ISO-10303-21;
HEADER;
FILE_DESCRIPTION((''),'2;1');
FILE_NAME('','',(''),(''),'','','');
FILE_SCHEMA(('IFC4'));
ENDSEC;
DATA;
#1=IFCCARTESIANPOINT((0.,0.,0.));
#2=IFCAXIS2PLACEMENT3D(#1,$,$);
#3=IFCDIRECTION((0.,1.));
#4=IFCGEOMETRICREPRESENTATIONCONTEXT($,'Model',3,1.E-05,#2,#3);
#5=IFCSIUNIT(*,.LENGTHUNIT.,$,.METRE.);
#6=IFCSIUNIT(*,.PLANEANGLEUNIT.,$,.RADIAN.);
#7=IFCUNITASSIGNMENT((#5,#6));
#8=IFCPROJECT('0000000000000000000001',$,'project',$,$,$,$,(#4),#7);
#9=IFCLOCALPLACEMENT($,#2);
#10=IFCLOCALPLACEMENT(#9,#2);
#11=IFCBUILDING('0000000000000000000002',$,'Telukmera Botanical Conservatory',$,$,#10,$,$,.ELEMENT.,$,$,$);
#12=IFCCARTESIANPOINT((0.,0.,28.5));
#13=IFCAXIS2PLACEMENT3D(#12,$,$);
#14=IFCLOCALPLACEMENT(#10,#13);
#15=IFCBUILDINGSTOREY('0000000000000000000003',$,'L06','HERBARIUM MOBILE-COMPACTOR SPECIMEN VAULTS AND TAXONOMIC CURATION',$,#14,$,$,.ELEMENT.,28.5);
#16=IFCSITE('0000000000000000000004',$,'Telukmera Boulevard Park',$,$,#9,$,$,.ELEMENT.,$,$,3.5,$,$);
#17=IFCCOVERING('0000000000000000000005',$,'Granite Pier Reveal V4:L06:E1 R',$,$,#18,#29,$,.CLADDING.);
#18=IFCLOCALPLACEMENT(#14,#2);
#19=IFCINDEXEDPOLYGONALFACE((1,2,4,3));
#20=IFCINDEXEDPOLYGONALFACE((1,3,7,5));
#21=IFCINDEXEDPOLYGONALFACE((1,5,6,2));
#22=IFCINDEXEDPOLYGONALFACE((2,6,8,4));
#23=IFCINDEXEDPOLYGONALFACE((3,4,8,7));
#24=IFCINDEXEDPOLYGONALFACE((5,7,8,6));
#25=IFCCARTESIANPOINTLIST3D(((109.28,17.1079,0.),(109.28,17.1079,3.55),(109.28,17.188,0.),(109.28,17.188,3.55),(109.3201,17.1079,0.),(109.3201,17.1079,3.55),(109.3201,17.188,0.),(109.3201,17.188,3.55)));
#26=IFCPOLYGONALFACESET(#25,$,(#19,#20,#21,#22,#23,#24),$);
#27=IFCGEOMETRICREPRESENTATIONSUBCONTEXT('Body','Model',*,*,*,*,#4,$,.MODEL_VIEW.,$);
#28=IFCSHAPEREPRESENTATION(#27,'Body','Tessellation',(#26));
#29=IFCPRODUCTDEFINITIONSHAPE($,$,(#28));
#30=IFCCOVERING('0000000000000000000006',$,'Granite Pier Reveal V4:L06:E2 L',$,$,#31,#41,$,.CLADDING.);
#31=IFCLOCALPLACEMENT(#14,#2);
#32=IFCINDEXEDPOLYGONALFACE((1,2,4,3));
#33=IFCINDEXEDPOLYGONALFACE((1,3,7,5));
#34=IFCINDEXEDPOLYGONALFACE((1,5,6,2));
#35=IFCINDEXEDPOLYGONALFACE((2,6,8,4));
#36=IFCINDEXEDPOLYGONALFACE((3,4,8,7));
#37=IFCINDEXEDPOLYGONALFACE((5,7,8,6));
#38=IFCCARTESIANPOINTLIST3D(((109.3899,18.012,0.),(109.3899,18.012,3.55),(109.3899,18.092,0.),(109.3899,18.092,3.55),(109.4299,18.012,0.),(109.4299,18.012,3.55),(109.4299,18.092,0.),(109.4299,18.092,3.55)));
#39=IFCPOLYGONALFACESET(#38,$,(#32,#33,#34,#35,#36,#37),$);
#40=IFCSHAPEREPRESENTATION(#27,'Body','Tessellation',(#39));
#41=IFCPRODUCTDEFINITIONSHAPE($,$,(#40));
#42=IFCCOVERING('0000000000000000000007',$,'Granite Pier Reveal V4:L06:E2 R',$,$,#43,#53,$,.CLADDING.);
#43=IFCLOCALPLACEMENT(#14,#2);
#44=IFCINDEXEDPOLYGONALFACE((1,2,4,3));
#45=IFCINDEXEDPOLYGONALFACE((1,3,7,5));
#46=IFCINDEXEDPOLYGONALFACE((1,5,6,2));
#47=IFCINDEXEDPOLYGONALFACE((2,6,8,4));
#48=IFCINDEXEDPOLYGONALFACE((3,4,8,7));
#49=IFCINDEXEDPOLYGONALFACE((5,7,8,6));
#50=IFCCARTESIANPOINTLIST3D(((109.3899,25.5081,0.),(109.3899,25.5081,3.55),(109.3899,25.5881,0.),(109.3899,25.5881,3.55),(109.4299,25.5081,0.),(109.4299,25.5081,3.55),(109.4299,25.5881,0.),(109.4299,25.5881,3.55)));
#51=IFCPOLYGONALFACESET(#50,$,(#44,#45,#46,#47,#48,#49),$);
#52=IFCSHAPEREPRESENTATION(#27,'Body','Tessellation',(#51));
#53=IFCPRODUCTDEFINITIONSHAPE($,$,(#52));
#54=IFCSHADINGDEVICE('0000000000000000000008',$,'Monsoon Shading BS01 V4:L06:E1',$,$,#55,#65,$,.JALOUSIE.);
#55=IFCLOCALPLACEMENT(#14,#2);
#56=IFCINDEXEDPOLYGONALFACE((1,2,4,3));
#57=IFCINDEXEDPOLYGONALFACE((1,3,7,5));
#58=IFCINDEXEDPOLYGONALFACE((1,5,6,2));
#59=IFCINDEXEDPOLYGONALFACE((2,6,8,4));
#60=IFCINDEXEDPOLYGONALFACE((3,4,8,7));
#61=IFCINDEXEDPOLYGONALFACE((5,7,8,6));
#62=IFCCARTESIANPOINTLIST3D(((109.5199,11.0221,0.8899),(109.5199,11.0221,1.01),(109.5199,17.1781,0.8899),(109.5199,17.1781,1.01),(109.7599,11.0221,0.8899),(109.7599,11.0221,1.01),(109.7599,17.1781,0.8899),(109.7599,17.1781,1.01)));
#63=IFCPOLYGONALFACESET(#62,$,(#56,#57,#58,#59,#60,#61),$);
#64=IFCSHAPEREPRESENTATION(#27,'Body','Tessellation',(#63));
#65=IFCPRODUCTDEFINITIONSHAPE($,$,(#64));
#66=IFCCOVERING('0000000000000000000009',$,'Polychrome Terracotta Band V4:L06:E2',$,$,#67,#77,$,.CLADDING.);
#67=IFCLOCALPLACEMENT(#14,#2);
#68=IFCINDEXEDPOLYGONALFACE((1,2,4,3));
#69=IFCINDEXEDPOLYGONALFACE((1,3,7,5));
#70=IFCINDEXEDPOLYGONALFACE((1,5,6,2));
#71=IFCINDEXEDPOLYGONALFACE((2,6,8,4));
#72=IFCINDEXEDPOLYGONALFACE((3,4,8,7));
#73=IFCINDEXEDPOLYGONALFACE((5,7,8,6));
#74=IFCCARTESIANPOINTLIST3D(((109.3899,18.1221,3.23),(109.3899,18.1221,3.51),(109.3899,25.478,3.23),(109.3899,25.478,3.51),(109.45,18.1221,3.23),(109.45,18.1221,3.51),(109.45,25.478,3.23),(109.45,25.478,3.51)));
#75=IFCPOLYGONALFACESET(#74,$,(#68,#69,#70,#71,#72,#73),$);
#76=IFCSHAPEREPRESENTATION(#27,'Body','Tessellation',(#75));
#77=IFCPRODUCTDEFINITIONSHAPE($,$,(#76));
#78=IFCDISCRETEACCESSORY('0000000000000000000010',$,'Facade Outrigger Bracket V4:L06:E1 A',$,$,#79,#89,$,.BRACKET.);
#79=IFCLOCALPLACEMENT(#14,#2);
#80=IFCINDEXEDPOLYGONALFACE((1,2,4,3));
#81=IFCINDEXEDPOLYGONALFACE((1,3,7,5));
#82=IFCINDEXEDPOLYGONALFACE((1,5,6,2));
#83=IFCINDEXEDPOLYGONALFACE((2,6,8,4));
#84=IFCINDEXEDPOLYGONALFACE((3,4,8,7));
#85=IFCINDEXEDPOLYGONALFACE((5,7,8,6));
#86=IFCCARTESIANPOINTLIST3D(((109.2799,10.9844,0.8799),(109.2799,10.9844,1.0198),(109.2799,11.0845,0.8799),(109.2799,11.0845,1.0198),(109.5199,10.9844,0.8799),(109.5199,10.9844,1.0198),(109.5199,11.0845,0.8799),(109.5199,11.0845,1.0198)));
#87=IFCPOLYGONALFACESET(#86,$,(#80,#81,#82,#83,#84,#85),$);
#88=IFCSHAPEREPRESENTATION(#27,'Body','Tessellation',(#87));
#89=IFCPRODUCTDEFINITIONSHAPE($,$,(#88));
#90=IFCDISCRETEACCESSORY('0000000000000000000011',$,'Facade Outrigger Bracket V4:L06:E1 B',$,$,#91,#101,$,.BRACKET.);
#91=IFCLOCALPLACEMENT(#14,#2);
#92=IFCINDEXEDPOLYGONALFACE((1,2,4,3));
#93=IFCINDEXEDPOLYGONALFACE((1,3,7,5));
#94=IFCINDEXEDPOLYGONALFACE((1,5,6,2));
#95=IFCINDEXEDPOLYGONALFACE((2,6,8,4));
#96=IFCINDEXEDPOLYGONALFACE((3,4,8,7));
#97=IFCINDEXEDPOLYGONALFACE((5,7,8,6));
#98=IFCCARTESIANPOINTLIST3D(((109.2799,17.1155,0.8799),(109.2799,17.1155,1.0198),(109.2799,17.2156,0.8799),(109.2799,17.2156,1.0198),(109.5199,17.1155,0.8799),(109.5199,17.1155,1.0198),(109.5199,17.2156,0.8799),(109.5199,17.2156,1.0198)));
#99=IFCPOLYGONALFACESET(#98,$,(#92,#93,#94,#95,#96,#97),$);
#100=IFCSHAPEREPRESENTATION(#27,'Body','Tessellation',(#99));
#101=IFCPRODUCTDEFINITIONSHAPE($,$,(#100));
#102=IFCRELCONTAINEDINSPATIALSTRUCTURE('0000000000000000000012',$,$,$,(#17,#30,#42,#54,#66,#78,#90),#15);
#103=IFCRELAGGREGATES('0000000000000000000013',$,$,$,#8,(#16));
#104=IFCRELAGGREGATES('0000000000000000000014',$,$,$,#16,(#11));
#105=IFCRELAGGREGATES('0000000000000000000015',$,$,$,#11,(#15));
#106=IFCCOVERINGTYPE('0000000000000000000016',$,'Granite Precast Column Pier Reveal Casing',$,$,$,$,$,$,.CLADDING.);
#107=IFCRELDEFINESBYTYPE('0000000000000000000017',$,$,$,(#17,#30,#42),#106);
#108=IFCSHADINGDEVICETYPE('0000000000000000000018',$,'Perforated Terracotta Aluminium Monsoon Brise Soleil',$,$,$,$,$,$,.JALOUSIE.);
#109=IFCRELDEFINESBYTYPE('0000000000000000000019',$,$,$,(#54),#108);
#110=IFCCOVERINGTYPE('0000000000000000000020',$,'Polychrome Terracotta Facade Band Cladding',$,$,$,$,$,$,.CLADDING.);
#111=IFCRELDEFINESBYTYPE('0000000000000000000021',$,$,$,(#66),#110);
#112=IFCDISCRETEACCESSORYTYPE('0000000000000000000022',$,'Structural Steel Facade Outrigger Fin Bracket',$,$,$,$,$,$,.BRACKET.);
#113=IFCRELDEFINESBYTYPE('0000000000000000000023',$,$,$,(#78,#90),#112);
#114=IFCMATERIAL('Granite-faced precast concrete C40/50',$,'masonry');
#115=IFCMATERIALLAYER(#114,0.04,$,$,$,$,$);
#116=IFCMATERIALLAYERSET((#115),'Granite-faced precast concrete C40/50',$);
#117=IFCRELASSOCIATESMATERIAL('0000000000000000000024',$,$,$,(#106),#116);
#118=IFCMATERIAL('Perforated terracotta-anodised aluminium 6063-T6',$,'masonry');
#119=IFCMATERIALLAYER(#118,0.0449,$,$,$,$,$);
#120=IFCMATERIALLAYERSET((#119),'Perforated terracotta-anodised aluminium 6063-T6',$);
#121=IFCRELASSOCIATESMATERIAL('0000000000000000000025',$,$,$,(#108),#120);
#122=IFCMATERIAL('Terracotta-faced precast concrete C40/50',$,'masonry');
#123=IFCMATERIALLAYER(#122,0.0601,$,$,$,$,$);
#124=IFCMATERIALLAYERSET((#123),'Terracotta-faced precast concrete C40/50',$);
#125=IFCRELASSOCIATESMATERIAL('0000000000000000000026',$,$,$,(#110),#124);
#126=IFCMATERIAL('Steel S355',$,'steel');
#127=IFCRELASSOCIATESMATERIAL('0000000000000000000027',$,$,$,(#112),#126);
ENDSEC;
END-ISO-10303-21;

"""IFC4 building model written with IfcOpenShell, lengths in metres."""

from ifc_helpers import new_model, si_unit, direction, frame, origin, origin_2d, place, context, subcontext, project, spatial, rectangle, extrude, material, layer, layer_set, type_object, element, save


model = new_model("IFC4")

# Units and contexts
model_context = context("Model", 3, precision=1e-05, world=origin(), true_north=direction((0.0, 1.0)))
body_context = subcontext(model_context, "Body", "Model", "MODEL_VIEW")
ifc_project = project(units=[si_unit("LENGTHUNIT", "METRE"), si_unit("PLANEANGLEUNIT", "RADIAN")], contexts=[model_context])

# Site, building, storey
site_placement = place(None, origin())
site = spatial("IfcSite", under=ifc_project, at=site_placement, Name="Telukmera Boulevard Park", CompositionType="ELEMENT", RefElevation=3.5)
building_placement = place(site_placement, origin())
building = spatial("IfcBuilding", under=site, at=building_placement, Name="Telukmera Botanical Conservatory", CompositionType="ELEMENT")
storey_placement = place(building_placement, frame((0.0, 0.0, 28.5)))
storey = spatial("IfcBuildingStorey", under=building, at=storey_placement, Name="L06", Description="HERBARIUM MOBILE-COMPACTOR SPECIMEN VAULTS AND TAXONOMIC CURATION", CompositionType="ELEMENT", Elevation=28.5)

# Shared definitions
ifc_material_1 = material(Name="Terracotta-faced precast concrete C40/50", Category="masonry")

# Coverings
ifc_material_2 = material(Name="Granite-faced precast concrete C40/50", Category="masonry")
ifc_layer_1 = layer(ifc_material_2, 0.04)
ifc_layer_set_1 = layer_set([ifc_layer_1], Name="Granite-faced precast concrete C40/50")
covering_type_1 = type_object("IfcCoveringType", Name="Granite Precast Column Pier Reveal Casing", PredefinedType="CLADDING", material=ifc_layer_set_1)
for number, where, z_axis, x_axis, name in (
    (1, (109.3, 17.1479, 0.0), (0.0, 0.0, 1.0), (0.0, 1.0, 0.0), "Granite Pier Reveal V4:L06:E1 R"),
    (2, (109.4099, 18.052, 0.0), (0.0, 0.0, 1.0), (0.0, 1.0, 0.0), "Granite Pier Reveal V4:L06:E2 L"),
    (3, (109.4099, 25.5481, 0.0), (0.0, 0.0, 1.0), (0.0, 1.0, 0.0), "Granite Pier Reveal V4:L06:E2 R"),
):
    element("IfcCovering", number, at=place(storey_placement, frame(where, z_axis=z_axis, x_axis=x_axis)), inside=storey, type_object=covering_type_1, Name=name, PredefinedType="CLADDING", context=body_context, shape_type="SweptSolid", body=[
        extrude(rectangle(XDim=0.0801, YDim=0.04, at=origin_2d()), origin(), (0.0, 0.0, 1.0), 3.55),
    ])

# Shading device
ifc_material_3 = material(Name="Perforated terracotta-anodised aluminium 6063-T6", Category="masonry")
ifc_layer_2 = layer(ifc_material_3, 0.0449)
ifc_layer_set_2 = layer_set([ifc_layer_2], Name="Perforated terracotta-anodised aluminium 6063-T6")
shading_device_type = type_object("IfcShadingDeviceType", Name="Perforated Terracotta Aluminium Monsoon Brise Soleil", PredefinedType="JALOUSIE", material=ifc_layer_set_2)
shading_device_placement = place(storey_placement, frame((109.6399, 14.1001, 0.8899), z_axis=(0.0, 0.0, 1.0), x_axis=(0.0, 1.0, 0.0)))
element("IfcShadingDevice", 4, at=shading_device_placement, inside=storey, type_object=shading_device_type, Name="Monsoon Shading BS01 V4:L06:E1", PredefinedType="JALOUSIE", context=body_context, shape_type="SweptSolid", body=[
    extrude(rectangle(XDim=6.156, YDim=0.24, at=origin_2d()), origin(), (0.0, 0.0, 1.0), 0.1201),
])

# Covering
ifc_layer_3 = layer(ifc_material_1, 0.0601)
ifc_layer_set_3 = layer_set([ifc_layer_3], Name="Terracotta-faced precast concrete C40/50")
covering_type_2 = type_object("IfcCoveringType", Name="Polychrome Terracotta Facade Band Cladding", PredefinedType="CLADDING", material=ifc_layer_set_3)
covering_placement = place(storey_placement, frame((109.4199, 21.8, 3.23), z_axis=(0.0, 0.0, 1.0), x_axis=(0.0, 1.0, 0.0)))
element("IfcCovering", 5, at=covering_placement, inside=storey, type_object=covering_type_2, Name="Polychrome Terracotta Band V4:L06:E2", PredefinedType="CLADDING", context=body_context, shape_type="SweptSolid", body=[
    extrude(rectangle(XDim=7.356, YDim=0.0601, at=origin_2d()), origin(), (0.0, 0.0, 1.0), 0.28),
])

# Discrete accessories
ifc_material_4 = material(Name="Steel S355", Category="steel")
discrete_accessory_type = type_object("IfcDiscreteAccessoryType", Name="Structural Steel Facade Outrigger Fin Bracket", PredefinedType="BRACKET", material=ifc_material_4)
for number, where, z_axis, x_axis, name in (
    (6, (109.3999, 11.0344, 0.8799), (0.0, 0.0, 1.0), (0.0, 1.0, 0.0), "Facade Outrigger Bracket V4:L06:E1 A"),
    (7, (109.3999, 17.1655, 0.8799), (0.0, 0.0, 1.0), (0.0, 1.0, 0.0), "Facade Outrigger Bracket V4:L06:E1 B"),
):
    element("IfcDiscreteAccessory", number, at=place(storey_placement, frame(where, z_axis=z_axis, x_axis=x_axis)), inside=storey, type_object=discrete_accessory_type, Name=name, PredefinedType="BRACKET", context=body_context, shape_type="SweptSolid", body=[
        extrude(rectangle(XDim=0.1001, YDim=0.24, at=origin_2d()), origin(), (0.0, 0.0, 1.0), 0.1399),
    ])

save(model, "model.ifc")
